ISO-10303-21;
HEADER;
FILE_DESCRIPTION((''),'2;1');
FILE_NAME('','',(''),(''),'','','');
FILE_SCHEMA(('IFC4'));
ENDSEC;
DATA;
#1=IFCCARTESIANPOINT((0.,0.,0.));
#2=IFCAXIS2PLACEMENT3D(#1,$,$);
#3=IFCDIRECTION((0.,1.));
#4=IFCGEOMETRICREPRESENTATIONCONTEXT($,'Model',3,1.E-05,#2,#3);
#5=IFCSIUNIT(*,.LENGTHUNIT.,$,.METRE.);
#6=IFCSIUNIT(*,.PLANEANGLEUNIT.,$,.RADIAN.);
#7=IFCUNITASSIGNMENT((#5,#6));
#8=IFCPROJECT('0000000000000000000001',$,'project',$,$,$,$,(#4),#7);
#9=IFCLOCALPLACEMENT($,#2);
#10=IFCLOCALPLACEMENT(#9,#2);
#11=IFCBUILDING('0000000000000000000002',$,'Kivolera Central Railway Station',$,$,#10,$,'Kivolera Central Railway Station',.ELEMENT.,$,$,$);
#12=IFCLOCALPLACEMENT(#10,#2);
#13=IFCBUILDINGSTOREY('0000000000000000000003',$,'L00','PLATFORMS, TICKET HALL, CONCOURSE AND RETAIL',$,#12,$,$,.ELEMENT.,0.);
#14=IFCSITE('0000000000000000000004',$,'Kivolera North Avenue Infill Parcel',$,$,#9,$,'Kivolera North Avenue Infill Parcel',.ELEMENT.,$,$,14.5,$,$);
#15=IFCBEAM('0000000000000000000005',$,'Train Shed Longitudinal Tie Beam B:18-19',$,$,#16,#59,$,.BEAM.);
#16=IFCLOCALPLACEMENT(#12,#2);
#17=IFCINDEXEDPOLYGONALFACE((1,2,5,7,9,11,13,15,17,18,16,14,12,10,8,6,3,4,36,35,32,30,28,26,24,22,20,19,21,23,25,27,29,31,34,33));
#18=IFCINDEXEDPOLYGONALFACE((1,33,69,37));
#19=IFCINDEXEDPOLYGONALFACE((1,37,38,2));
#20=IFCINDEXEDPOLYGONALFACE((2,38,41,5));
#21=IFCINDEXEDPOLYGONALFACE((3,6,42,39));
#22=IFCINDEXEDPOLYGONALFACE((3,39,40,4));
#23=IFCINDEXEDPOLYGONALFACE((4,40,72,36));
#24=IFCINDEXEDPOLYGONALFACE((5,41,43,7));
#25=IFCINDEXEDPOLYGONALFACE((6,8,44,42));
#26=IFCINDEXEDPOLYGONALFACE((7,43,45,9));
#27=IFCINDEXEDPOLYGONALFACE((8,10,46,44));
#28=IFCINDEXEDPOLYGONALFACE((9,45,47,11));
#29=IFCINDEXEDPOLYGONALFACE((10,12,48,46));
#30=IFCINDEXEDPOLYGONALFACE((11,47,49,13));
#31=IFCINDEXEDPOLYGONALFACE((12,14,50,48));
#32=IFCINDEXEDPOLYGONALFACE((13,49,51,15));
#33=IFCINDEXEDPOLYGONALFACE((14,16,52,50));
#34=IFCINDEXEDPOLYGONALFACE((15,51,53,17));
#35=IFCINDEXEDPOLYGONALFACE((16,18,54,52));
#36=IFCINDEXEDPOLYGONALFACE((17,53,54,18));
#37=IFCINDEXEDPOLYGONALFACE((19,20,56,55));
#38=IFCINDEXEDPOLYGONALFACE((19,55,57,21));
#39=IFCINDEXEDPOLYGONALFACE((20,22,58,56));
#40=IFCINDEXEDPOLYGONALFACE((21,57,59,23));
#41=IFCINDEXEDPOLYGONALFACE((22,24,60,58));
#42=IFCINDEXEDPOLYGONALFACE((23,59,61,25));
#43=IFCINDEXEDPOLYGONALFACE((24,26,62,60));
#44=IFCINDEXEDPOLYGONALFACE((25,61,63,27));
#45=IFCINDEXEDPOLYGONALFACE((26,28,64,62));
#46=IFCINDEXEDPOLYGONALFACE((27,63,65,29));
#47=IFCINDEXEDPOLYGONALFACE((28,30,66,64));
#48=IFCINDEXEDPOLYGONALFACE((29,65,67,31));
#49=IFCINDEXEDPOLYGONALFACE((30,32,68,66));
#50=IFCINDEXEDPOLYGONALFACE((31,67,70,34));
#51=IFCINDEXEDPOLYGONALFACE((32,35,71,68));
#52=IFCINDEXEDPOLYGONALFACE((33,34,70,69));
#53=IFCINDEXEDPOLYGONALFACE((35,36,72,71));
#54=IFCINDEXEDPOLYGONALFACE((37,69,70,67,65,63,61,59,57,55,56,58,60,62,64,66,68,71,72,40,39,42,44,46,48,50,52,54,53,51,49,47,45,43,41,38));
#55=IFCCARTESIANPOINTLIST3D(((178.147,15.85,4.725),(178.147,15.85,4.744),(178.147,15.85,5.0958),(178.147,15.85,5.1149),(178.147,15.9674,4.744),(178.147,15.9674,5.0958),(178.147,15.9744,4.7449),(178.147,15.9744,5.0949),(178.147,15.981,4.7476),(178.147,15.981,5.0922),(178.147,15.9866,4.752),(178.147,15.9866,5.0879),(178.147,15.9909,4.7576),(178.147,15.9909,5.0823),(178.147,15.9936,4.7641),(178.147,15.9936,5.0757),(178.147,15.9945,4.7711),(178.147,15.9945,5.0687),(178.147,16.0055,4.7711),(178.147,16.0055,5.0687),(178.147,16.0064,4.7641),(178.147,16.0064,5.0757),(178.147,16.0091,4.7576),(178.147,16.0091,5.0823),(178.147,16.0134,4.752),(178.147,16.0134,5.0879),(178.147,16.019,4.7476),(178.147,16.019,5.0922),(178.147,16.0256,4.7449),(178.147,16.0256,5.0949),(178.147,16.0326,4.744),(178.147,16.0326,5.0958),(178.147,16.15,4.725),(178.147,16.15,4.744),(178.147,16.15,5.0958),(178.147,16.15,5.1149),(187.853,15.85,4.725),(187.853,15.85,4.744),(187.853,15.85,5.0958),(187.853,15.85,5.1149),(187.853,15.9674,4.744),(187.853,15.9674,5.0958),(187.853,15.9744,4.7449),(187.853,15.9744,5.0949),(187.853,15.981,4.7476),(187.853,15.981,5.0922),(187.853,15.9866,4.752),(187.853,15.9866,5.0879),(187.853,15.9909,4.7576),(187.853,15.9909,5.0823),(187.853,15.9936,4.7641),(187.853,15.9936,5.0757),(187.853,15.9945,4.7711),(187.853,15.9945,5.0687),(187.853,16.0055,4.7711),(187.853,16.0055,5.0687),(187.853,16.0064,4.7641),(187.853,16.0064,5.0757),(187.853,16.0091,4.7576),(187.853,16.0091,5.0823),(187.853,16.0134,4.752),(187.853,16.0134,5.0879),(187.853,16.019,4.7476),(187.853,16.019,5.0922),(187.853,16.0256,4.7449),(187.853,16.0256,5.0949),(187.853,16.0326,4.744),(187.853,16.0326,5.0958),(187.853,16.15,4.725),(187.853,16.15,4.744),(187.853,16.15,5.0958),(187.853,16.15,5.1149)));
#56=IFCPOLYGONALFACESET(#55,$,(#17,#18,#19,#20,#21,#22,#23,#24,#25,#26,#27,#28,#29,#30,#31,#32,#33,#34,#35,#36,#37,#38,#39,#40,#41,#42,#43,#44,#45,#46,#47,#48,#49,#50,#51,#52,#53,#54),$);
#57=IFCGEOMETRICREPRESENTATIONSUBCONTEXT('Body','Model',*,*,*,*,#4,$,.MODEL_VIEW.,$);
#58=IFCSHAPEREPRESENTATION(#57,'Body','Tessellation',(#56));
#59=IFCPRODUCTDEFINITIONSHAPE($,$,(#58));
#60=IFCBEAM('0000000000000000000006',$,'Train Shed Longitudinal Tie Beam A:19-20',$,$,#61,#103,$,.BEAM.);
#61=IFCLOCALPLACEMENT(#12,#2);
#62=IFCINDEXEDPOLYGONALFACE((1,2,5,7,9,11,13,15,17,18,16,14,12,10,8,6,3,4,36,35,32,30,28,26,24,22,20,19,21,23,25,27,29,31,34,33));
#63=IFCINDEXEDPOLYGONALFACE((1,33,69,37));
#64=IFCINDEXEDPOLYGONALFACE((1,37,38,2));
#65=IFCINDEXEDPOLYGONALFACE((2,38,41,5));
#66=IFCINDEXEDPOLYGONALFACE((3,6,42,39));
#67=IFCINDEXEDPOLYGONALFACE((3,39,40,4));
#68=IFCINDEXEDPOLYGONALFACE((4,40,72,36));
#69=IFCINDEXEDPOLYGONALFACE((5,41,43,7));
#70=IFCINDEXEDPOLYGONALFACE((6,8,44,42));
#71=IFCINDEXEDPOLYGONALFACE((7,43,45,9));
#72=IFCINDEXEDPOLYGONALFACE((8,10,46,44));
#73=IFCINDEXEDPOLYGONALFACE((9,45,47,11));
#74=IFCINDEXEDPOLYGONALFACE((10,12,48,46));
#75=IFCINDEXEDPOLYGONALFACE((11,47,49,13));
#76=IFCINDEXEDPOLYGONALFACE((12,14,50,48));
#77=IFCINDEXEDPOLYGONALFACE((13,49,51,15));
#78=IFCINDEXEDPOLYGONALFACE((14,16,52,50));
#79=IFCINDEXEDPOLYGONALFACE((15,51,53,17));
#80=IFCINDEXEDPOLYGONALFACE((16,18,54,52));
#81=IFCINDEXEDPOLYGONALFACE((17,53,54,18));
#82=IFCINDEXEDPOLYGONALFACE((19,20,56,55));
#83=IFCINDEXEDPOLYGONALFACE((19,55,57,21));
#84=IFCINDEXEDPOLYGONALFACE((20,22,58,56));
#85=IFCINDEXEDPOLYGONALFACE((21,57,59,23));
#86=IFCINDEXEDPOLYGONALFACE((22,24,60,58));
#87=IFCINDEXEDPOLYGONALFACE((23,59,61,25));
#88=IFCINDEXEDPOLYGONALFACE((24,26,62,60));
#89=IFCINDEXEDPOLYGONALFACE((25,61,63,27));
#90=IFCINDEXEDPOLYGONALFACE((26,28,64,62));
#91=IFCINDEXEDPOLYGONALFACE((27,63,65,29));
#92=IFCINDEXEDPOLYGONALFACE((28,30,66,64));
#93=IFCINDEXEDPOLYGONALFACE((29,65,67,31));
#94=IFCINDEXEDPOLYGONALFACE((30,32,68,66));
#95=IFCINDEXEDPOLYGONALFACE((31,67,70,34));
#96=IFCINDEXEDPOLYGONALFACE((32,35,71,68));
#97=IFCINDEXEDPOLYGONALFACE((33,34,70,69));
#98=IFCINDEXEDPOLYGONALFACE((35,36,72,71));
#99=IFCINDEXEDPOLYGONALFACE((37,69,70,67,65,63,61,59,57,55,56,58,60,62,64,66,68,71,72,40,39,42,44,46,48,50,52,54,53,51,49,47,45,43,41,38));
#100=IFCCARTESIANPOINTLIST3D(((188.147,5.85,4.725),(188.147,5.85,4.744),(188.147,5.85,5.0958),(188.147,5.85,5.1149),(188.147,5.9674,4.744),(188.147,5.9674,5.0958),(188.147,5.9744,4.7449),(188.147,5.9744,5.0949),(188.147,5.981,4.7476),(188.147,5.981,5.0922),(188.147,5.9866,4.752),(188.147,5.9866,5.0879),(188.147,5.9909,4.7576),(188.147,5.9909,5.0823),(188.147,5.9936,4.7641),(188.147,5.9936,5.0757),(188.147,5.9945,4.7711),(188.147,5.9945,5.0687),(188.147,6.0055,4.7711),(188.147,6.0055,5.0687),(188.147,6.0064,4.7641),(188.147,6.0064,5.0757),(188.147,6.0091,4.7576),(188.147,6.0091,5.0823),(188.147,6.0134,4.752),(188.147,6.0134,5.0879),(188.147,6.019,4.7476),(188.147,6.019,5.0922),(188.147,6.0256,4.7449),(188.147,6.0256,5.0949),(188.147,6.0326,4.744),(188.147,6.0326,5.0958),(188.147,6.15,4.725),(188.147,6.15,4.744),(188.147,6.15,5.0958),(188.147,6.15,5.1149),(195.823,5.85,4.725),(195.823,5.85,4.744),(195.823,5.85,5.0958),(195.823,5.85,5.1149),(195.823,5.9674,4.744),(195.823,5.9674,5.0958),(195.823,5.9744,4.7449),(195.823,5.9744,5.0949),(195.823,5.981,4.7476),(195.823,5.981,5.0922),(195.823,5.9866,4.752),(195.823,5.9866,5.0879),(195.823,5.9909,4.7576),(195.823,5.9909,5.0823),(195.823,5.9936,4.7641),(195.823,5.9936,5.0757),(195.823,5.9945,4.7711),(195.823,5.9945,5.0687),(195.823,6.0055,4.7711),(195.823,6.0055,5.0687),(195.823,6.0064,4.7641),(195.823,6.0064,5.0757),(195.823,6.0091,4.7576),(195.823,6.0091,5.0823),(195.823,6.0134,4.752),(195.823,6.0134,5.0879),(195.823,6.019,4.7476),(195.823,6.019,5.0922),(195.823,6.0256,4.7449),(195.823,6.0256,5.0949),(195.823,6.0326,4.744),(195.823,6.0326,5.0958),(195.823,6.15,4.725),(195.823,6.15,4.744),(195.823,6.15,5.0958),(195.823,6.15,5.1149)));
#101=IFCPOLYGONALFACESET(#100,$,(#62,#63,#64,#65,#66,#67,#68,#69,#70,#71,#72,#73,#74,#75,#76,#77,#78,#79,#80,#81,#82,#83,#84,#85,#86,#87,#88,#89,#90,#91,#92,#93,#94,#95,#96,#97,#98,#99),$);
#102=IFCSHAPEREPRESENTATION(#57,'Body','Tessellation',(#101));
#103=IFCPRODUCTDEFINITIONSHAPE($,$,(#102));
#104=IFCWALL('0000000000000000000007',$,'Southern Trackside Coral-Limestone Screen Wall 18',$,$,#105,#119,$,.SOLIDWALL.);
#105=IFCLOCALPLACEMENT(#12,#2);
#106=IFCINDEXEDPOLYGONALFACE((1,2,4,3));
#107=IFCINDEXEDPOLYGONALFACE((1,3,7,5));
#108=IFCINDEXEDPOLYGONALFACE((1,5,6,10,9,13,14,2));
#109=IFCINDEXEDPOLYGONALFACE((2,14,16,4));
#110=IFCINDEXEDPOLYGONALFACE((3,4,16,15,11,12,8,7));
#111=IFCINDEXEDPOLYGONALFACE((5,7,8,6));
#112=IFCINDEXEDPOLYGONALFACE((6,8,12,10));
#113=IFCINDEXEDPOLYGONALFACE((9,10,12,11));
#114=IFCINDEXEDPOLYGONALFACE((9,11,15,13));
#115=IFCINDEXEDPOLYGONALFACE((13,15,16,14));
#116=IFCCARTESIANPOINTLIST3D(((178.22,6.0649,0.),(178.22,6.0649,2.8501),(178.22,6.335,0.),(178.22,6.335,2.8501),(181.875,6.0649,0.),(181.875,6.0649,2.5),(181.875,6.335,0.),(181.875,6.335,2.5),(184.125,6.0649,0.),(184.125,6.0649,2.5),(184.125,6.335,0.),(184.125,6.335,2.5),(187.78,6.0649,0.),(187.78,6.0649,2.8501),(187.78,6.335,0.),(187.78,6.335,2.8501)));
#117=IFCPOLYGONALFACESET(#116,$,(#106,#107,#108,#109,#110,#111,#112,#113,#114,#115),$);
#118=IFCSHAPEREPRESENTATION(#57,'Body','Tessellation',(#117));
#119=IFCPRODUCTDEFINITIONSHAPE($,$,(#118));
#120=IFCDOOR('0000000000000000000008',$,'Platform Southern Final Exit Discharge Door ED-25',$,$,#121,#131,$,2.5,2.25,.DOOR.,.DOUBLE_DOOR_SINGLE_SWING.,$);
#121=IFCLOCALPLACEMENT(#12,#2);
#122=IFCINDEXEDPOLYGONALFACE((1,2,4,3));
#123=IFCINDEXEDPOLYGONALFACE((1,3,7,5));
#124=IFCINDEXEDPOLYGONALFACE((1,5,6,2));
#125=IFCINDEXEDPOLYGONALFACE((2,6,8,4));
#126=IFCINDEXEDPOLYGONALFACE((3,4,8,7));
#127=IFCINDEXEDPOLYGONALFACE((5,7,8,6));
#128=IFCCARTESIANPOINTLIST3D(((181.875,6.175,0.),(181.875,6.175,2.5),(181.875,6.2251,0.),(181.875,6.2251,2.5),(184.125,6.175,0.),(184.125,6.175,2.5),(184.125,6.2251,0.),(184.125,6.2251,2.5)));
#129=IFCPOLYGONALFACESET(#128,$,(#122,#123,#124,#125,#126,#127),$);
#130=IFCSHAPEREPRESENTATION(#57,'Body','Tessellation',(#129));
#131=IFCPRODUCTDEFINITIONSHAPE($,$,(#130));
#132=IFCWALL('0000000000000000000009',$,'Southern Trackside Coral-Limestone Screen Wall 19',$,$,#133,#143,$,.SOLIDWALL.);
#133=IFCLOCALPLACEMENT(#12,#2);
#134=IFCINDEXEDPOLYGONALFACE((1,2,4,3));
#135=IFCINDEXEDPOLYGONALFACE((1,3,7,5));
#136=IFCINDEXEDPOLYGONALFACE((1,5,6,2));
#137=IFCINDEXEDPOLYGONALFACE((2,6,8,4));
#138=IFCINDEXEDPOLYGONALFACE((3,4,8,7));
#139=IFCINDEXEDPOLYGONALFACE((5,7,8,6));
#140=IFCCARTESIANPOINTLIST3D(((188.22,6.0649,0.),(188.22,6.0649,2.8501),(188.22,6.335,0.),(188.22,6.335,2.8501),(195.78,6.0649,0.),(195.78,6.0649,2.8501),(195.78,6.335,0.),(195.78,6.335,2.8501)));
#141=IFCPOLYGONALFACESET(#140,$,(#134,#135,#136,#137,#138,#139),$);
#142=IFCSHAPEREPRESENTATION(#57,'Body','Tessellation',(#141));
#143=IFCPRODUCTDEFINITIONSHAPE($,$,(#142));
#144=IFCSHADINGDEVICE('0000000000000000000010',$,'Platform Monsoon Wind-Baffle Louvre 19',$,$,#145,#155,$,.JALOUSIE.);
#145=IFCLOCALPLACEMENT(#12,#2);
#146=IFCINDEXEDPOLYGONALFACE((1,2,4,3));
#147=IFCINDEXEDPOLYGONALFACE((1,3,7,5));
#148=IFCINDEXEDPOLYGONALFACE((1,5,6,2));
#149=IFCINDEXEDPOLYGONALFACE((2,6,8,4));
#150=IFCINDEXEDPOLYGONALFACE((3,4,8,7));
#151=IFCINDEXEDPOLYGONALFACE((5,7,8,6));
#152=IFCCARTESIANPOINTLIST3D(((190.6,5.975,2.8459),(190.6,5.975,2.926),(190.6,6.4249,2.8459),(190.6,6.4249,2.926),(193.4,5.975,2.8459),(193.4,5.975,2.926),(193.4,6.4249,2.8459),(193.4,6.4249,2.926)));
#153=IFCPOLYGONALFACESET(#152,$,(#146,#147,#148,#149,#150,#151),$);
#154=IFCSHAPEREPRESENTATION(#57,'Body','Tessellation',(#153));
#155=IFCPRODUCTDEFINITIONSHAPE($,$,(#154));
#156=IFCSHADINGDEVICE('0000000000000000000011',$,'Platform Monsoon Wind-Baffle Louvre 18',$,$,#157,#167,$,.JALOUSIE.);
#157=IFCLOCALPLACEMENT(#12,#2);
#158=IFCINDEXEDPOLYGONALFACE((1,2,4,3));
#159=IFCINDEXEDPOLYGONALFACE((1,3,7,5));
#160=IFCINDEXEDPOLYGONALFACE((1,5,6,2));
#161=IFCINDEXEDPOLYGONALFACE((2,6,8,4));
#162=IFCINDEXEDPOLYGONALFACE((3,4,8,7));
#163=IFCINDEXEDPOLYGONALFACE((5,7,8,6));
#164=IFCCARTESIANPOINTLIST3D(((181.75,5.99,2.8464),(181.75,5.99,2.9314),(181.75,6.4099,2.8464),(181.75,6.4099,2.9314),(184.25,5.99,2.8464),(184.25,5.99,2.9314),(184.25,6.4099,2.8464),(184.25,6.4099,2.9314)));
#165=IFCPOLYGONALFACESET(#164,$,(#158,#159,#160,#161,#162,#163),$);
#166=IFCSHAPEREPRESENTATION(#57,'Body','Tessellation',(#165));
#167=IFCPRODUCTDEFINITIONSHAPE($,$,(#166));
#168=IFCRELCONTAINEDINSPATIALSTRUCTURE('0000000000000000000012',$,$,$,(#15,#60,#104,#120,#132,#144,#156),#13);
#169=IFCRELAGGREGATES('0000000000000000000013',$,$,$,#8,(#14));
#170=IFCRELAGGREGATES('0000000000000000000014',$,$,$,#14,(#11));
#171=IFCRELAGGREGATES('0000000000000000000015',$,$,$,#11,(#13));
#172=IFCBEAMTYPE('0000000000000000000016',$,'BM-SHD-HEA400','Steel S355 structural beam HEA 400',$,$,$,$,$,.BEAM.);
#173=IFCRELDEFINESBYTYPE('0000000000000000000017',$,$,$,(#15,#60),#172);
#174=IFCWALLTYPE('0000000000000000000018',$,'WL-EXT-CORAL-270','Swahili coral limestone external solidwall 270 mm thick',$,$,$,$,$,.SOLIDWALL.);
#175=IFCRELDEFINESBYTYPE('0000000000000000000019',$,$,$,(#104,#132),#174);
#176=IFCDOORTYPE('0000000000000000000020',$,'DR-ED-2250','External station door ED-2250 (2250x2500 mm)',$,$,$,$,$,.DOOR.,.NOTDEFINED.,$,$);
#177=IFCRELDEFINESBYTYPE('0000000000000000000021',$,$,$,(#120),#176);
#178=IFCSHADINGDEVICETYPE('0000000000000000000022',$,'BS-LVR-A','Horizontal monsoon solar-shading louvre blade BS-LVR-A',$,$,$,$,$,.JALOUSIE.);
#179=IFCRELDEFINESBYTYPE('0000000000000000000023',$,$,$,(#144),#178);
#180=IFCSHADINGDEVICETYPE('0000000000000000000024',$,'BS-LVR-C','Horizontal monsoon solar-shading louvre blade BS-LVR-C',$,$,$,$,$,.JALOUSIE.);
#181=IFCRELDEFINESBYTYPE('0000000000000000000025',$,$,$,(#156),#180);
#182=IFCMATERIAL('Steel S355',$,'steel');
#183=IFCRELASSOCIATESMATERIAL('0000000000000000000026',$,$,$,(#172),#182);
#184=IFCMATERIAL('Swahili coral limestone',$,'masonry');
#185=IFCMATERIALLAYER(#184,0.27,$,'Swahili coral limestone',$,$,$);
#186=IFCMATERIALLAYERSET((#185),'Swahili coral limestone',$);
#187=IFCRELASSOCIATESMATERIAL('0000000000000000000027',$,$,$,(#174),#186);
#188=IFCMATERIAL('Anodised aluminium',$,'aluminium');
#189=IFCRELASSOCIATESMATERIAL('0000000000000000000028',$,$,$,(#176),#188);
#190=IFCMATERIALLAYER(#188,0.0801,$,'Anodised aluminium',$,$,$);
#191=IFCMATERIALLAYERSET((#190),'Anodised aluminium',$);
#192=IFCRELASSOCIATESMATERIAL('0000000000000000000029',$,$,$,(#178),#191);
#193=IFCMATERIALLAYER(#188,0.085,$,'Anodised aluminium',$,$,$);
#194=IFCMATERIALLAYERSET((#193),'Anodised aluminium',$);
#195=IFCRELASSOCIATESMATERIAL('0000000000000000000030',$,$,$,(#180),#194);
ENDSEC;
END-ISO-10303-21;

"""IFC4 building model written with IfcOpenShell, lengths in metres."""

from ifc_helpers import new_model, si_unit, direction, frame, frame_2d, origin, origin_2d, place, context, subcontext, project, spatial, rectangle, i_section, extrude, material, layer, layer_set, material_profile, profile_set, type_object, element, fill, save


model = new_model("IFC4")

# Units and contexts
model_context = context("Model", 3, precision=1e-05, world=origin(), true_north=direction((0.0, 1.0)))
body_context = subcontext(model_context, "Body", "Model", "MODEL_VIEW")
ifc_project = project(units=[si_unit("LENGTHUNIT", "METRE"), si_unit("PLANEANGLEUNIT", "RADIAN")], contexts=[model_context])

# Site, building, storey
site_placement = place(None, origin())
site = spatial("IfcSite", under=ifc_project, at=site_placement, Name="Kivolera North Avenue Infill Parcel", LongName="Kivolera North Avenue Infill Parcel", CompositionType="ELEMENT", RefElevation=14.5)
building_placement = place(site_placement, origin())
building = spatial("IfcBuilding", under=site, at=building_placement, Name="Kivolera Central Railway Station", LongName="Kivolera Central Railway Station", CompositionType="ELEMENT")
storey_placement = place(building_placement, origin())
storey = spatial("IfcBuildingStorey", under=building, at=storey_placement, Name="L00", Description="PLATFORMS, TICKET HALL, CONCOURSE AND RETAIL", CompositionType="ELEMENT", Elevation=0.0)

# Shared definitions
ifc_material_1 = material(Name="Steel S355", Category="steel")

# Beams
ifc_material_profile_1 = material_profile(ifc_material_1, i_section(OverallWidth=0.3, OverallDepth=0.3899, WebThickness=0.011, FlangeThickness=0.019, FilletRadius=0.0271, at=origin_2d()), Name="HEA 400")
ifc_profile_set_1 = profile_set([ifc_material_profile_1], Name="Steel S355")
beam_type = type_object("IfcBeamType", Name="BM-SHD-HEA400", Description="Steel S355 structural beam HEA 400", PredefinedType="BEAM", material=ifc_profile_set_1)
for number, where, z_axis, x_axis, name in (
    (1, (178.147, 16.0, 4.9199), (1.0, 0.0, 0.0), (0.0, 1.0, 0.0), "Train Shed Longitudinal Tie Beam B:18-19"),
):
    element("IfcBeam", number, at=place(storey_placement, frame(where, z_axis=z_axis, x_axis=x_axis)), inside=storey, type_object=beam_type, Name=name, PredefinedType="BEAM", context=body_context, shape_type="SweptSolid", body=[
        extrude(i_section(OverallWidth=0.3, OverallDepth=0.3899, WebThickness=0.011, FlangeThickness=0.019, FilletRadius=0.0271, at=origin_2d()), origin(), (0.0, 0.0, 1.0), 9.7061),
    ])
beam_placement = place(storey_placement, frame((188.147, 6.0, 4.9199), z_axis=(1.0, 0.0, 0.0), x_axis=(0.0, 1.0, 0.0)))
element("IfcBeam", 2, at=beam_placement, inside=storey, type_object=beam_type, Name="Train Shed Longitudinal Tie Beam A:19-20", PredefinedType="BEAM", context=body_context, shape_type="SweptSolid", body=[
    extrude(i_section(OverallWidth=0.3, OverallDepth=0.3899, WebThickness=0.011, FlangeThickness=0.019, FilletRadius=0.0271, at=origin_2d()), origin(), (0.0, 0.0, 1.0), 7.676),
])

# Wall, opening, door
ifc_material_2 = material(Name="Swahili coral limestone", Category="masonry")
ifc_layer_1 = layer(ifc_material_2, 0.27, Name="Swahili coral limestone")
ifc_layer_set_1 = layer_set([ifc_layer_1], Name="Swahili coral limestone")
wall_type = type_object("IfcWallType", Name="WL-EXT-CORAL-270", Description="Swahili coral limestone external solidwall 270 mm thick", PredefinedType="SOLIDWALL", material=ifc_layer_set_1)
wall_1_placement = place(storey_placement, frame((187.78, 6.2, 0.0), z_axis=(0.0, 0.0, 1.0), x_axis=(-1.0, 0.0, 0.0)))
wall_1 = element("IfcWall", 3, at=wall_1_placement, inside=storey, type_object=wall_type, Name="Southern Trackside Coral-Limestone Screen Wall 18", PredefinedType="SOLIDWALL", context=body_context, shape_type="SweptSolid", body=[
    extrude(rectangle(XDim=9.5601, YDim=0.27, at=frame_2d((4.78, 0.0))), origin(), (0.0, 0.0, 1.0), 2.8501),
])
opening_placement = place(wall_1_placement, frame((3.655, 0.0, 0.0)))
opening = element("IfcOpeningElement", 4, at=opening_placement, cuts=wall_1, PredefinedType="OPENING", context=body_context, shape_type="SweptSolid", body=[
    extrude(rectangle(XDim=2.25, YDim=2.5, at=frame_2d((1.125, 1.25))), frame((0.0, 0.145, 0.0), z_axis=(0.0, -1.0, 0.0), x_axis=(1.0, 0.0, 0.0)), (0.0, 0.0, 1.0), 0.29),
])
ifc_material_3 = material(Name="Anodised aluminium", Category="aluminium")
door_type = type_object("IfcDoorType", Name="DR-ED-2250", Description="External station door ED-2250 (2250x2500 mm)", OperationType="NOTDEFINED", PredefinedType="DOOR", material=ifc_material_3)
door_placement = place(opening_placement, origin())
door = element("IfcDoor", 5, at=door_placement, inside=storey, type_object=door_type, Name="Platform Southern Final Exit Discharge Door ED-25", OperationType="DOUBLE_DOOR_SINGLE_SWING", OverallHeight=2.5, OverallWidth=2.25, PredefinedType="DOOR", context=body_context, shape_type="SweptSolid", body=[
    extrude(rectangle(XDim=2.25, YDim=2.5, at=frame_2d((1.125, 1.25))), frame((0.0, 0.0249, 0.0), z_axis=(0.0, -1.0, 0.0), x_axis=(1.0, 0.0, 0.0)), (0.0, 0.0, 1.0), 0.05),
])
fill(opening, door)

# Wall
wall_2_placement = place(storey_placement, frame((195.78, 6.2, 0.0), z_axis=(0.0, 0.0, 1.0), x_axis=(-1.0, 0.0, 0.0)))
element("IfcWall", 6, at=wall_2_placement, inside=storey, type_object=wall_type, Name="Southern Trackside Coral-Limestone Screen Wall 19", PredefinedType="SOLIDWALL", context=body_context, shape_type="SweptSolid", body=[
    extrude(rectangle(XDim=7.5601, YDim=0.27, at=frame_2d((3.78, 0.0))), origin(), (0.0, 0.0, 1.0), 2.8501),
])

# Shading devices
ifc_layer_2 = layer(ifc_material_3, 0.0801, Name="Anodised aluminium")
ifc_layer_set_2 = layer_set([ifc_layer_2], Name="Anodised aluminium")
shading_device_type_1 = type_object("IfcShadingDeviceType", Name="BS-LVR-A", Description="Horizontal monsoon solar-shading louvre blade BS-LVR-A", PredefinedType="JALOUSIE", material=ifc_layer_set_2)
shading_device_1_placement = place(storey_placement, frame((192.0, 6.2, 2.8459), z_axis=(0.0, 0.0, 1.0), x_axis=(1.0, 0.0, 0.0)))
element("IfcShadingDevice", 7, at=shading_device_1_placement, inside=storey, type_object=shading_device_type_1, Name="Platform Monsoon Wind-Baffle Louvre 19", PredefinedType="JALOUSIE", context=body_context, shape_type="SweptSolid", body=[
    extrude(rectangle(XDim=2.8, YDim=0.45, at=origin_2d()), origin(), (0.0, 0.0, 1.0), 0.0801),
])
ifc_layer_3 = layer(ifc_material_3, 0.085, Name="Anodised aluminium")
ifc_layer_set_3 = layer_set([ifc_layer_3], Name="Anodised aluminium")
shading_device_type_2 = type_object("IfcShadingDeviceType", Name="BS-LVR-C", Description="Horizontal monsoon solar-shading louvre blade BS-LVR-C", PredefinedType="JALOUSIE", material=ifc_layer_set_3)
shading_device_2_placement = place(storey_placement, frame((183.0, 6.2, 2.8464), z_axis=(0.0, 0.0, 1.0), x_axis=(1.0, 0.0, 0.0)))
element("IfcShadingDevice", 8, at=shading_device_2_placement, inside=storey, type_object=shading_device_type_2, Name="Platform Monsoon Wind-Baffle Louvre 18", PredefinedType="JALOUSIE", context=body_context, shape_type="SweptSolid", body=[
    extrude(rectangle(XDim=2.5, YDim=0.4199, at=origin_2d()), origin(), (0.0, 0.0, 1.0), 0.085),
])

save(model, "model.ifc")
